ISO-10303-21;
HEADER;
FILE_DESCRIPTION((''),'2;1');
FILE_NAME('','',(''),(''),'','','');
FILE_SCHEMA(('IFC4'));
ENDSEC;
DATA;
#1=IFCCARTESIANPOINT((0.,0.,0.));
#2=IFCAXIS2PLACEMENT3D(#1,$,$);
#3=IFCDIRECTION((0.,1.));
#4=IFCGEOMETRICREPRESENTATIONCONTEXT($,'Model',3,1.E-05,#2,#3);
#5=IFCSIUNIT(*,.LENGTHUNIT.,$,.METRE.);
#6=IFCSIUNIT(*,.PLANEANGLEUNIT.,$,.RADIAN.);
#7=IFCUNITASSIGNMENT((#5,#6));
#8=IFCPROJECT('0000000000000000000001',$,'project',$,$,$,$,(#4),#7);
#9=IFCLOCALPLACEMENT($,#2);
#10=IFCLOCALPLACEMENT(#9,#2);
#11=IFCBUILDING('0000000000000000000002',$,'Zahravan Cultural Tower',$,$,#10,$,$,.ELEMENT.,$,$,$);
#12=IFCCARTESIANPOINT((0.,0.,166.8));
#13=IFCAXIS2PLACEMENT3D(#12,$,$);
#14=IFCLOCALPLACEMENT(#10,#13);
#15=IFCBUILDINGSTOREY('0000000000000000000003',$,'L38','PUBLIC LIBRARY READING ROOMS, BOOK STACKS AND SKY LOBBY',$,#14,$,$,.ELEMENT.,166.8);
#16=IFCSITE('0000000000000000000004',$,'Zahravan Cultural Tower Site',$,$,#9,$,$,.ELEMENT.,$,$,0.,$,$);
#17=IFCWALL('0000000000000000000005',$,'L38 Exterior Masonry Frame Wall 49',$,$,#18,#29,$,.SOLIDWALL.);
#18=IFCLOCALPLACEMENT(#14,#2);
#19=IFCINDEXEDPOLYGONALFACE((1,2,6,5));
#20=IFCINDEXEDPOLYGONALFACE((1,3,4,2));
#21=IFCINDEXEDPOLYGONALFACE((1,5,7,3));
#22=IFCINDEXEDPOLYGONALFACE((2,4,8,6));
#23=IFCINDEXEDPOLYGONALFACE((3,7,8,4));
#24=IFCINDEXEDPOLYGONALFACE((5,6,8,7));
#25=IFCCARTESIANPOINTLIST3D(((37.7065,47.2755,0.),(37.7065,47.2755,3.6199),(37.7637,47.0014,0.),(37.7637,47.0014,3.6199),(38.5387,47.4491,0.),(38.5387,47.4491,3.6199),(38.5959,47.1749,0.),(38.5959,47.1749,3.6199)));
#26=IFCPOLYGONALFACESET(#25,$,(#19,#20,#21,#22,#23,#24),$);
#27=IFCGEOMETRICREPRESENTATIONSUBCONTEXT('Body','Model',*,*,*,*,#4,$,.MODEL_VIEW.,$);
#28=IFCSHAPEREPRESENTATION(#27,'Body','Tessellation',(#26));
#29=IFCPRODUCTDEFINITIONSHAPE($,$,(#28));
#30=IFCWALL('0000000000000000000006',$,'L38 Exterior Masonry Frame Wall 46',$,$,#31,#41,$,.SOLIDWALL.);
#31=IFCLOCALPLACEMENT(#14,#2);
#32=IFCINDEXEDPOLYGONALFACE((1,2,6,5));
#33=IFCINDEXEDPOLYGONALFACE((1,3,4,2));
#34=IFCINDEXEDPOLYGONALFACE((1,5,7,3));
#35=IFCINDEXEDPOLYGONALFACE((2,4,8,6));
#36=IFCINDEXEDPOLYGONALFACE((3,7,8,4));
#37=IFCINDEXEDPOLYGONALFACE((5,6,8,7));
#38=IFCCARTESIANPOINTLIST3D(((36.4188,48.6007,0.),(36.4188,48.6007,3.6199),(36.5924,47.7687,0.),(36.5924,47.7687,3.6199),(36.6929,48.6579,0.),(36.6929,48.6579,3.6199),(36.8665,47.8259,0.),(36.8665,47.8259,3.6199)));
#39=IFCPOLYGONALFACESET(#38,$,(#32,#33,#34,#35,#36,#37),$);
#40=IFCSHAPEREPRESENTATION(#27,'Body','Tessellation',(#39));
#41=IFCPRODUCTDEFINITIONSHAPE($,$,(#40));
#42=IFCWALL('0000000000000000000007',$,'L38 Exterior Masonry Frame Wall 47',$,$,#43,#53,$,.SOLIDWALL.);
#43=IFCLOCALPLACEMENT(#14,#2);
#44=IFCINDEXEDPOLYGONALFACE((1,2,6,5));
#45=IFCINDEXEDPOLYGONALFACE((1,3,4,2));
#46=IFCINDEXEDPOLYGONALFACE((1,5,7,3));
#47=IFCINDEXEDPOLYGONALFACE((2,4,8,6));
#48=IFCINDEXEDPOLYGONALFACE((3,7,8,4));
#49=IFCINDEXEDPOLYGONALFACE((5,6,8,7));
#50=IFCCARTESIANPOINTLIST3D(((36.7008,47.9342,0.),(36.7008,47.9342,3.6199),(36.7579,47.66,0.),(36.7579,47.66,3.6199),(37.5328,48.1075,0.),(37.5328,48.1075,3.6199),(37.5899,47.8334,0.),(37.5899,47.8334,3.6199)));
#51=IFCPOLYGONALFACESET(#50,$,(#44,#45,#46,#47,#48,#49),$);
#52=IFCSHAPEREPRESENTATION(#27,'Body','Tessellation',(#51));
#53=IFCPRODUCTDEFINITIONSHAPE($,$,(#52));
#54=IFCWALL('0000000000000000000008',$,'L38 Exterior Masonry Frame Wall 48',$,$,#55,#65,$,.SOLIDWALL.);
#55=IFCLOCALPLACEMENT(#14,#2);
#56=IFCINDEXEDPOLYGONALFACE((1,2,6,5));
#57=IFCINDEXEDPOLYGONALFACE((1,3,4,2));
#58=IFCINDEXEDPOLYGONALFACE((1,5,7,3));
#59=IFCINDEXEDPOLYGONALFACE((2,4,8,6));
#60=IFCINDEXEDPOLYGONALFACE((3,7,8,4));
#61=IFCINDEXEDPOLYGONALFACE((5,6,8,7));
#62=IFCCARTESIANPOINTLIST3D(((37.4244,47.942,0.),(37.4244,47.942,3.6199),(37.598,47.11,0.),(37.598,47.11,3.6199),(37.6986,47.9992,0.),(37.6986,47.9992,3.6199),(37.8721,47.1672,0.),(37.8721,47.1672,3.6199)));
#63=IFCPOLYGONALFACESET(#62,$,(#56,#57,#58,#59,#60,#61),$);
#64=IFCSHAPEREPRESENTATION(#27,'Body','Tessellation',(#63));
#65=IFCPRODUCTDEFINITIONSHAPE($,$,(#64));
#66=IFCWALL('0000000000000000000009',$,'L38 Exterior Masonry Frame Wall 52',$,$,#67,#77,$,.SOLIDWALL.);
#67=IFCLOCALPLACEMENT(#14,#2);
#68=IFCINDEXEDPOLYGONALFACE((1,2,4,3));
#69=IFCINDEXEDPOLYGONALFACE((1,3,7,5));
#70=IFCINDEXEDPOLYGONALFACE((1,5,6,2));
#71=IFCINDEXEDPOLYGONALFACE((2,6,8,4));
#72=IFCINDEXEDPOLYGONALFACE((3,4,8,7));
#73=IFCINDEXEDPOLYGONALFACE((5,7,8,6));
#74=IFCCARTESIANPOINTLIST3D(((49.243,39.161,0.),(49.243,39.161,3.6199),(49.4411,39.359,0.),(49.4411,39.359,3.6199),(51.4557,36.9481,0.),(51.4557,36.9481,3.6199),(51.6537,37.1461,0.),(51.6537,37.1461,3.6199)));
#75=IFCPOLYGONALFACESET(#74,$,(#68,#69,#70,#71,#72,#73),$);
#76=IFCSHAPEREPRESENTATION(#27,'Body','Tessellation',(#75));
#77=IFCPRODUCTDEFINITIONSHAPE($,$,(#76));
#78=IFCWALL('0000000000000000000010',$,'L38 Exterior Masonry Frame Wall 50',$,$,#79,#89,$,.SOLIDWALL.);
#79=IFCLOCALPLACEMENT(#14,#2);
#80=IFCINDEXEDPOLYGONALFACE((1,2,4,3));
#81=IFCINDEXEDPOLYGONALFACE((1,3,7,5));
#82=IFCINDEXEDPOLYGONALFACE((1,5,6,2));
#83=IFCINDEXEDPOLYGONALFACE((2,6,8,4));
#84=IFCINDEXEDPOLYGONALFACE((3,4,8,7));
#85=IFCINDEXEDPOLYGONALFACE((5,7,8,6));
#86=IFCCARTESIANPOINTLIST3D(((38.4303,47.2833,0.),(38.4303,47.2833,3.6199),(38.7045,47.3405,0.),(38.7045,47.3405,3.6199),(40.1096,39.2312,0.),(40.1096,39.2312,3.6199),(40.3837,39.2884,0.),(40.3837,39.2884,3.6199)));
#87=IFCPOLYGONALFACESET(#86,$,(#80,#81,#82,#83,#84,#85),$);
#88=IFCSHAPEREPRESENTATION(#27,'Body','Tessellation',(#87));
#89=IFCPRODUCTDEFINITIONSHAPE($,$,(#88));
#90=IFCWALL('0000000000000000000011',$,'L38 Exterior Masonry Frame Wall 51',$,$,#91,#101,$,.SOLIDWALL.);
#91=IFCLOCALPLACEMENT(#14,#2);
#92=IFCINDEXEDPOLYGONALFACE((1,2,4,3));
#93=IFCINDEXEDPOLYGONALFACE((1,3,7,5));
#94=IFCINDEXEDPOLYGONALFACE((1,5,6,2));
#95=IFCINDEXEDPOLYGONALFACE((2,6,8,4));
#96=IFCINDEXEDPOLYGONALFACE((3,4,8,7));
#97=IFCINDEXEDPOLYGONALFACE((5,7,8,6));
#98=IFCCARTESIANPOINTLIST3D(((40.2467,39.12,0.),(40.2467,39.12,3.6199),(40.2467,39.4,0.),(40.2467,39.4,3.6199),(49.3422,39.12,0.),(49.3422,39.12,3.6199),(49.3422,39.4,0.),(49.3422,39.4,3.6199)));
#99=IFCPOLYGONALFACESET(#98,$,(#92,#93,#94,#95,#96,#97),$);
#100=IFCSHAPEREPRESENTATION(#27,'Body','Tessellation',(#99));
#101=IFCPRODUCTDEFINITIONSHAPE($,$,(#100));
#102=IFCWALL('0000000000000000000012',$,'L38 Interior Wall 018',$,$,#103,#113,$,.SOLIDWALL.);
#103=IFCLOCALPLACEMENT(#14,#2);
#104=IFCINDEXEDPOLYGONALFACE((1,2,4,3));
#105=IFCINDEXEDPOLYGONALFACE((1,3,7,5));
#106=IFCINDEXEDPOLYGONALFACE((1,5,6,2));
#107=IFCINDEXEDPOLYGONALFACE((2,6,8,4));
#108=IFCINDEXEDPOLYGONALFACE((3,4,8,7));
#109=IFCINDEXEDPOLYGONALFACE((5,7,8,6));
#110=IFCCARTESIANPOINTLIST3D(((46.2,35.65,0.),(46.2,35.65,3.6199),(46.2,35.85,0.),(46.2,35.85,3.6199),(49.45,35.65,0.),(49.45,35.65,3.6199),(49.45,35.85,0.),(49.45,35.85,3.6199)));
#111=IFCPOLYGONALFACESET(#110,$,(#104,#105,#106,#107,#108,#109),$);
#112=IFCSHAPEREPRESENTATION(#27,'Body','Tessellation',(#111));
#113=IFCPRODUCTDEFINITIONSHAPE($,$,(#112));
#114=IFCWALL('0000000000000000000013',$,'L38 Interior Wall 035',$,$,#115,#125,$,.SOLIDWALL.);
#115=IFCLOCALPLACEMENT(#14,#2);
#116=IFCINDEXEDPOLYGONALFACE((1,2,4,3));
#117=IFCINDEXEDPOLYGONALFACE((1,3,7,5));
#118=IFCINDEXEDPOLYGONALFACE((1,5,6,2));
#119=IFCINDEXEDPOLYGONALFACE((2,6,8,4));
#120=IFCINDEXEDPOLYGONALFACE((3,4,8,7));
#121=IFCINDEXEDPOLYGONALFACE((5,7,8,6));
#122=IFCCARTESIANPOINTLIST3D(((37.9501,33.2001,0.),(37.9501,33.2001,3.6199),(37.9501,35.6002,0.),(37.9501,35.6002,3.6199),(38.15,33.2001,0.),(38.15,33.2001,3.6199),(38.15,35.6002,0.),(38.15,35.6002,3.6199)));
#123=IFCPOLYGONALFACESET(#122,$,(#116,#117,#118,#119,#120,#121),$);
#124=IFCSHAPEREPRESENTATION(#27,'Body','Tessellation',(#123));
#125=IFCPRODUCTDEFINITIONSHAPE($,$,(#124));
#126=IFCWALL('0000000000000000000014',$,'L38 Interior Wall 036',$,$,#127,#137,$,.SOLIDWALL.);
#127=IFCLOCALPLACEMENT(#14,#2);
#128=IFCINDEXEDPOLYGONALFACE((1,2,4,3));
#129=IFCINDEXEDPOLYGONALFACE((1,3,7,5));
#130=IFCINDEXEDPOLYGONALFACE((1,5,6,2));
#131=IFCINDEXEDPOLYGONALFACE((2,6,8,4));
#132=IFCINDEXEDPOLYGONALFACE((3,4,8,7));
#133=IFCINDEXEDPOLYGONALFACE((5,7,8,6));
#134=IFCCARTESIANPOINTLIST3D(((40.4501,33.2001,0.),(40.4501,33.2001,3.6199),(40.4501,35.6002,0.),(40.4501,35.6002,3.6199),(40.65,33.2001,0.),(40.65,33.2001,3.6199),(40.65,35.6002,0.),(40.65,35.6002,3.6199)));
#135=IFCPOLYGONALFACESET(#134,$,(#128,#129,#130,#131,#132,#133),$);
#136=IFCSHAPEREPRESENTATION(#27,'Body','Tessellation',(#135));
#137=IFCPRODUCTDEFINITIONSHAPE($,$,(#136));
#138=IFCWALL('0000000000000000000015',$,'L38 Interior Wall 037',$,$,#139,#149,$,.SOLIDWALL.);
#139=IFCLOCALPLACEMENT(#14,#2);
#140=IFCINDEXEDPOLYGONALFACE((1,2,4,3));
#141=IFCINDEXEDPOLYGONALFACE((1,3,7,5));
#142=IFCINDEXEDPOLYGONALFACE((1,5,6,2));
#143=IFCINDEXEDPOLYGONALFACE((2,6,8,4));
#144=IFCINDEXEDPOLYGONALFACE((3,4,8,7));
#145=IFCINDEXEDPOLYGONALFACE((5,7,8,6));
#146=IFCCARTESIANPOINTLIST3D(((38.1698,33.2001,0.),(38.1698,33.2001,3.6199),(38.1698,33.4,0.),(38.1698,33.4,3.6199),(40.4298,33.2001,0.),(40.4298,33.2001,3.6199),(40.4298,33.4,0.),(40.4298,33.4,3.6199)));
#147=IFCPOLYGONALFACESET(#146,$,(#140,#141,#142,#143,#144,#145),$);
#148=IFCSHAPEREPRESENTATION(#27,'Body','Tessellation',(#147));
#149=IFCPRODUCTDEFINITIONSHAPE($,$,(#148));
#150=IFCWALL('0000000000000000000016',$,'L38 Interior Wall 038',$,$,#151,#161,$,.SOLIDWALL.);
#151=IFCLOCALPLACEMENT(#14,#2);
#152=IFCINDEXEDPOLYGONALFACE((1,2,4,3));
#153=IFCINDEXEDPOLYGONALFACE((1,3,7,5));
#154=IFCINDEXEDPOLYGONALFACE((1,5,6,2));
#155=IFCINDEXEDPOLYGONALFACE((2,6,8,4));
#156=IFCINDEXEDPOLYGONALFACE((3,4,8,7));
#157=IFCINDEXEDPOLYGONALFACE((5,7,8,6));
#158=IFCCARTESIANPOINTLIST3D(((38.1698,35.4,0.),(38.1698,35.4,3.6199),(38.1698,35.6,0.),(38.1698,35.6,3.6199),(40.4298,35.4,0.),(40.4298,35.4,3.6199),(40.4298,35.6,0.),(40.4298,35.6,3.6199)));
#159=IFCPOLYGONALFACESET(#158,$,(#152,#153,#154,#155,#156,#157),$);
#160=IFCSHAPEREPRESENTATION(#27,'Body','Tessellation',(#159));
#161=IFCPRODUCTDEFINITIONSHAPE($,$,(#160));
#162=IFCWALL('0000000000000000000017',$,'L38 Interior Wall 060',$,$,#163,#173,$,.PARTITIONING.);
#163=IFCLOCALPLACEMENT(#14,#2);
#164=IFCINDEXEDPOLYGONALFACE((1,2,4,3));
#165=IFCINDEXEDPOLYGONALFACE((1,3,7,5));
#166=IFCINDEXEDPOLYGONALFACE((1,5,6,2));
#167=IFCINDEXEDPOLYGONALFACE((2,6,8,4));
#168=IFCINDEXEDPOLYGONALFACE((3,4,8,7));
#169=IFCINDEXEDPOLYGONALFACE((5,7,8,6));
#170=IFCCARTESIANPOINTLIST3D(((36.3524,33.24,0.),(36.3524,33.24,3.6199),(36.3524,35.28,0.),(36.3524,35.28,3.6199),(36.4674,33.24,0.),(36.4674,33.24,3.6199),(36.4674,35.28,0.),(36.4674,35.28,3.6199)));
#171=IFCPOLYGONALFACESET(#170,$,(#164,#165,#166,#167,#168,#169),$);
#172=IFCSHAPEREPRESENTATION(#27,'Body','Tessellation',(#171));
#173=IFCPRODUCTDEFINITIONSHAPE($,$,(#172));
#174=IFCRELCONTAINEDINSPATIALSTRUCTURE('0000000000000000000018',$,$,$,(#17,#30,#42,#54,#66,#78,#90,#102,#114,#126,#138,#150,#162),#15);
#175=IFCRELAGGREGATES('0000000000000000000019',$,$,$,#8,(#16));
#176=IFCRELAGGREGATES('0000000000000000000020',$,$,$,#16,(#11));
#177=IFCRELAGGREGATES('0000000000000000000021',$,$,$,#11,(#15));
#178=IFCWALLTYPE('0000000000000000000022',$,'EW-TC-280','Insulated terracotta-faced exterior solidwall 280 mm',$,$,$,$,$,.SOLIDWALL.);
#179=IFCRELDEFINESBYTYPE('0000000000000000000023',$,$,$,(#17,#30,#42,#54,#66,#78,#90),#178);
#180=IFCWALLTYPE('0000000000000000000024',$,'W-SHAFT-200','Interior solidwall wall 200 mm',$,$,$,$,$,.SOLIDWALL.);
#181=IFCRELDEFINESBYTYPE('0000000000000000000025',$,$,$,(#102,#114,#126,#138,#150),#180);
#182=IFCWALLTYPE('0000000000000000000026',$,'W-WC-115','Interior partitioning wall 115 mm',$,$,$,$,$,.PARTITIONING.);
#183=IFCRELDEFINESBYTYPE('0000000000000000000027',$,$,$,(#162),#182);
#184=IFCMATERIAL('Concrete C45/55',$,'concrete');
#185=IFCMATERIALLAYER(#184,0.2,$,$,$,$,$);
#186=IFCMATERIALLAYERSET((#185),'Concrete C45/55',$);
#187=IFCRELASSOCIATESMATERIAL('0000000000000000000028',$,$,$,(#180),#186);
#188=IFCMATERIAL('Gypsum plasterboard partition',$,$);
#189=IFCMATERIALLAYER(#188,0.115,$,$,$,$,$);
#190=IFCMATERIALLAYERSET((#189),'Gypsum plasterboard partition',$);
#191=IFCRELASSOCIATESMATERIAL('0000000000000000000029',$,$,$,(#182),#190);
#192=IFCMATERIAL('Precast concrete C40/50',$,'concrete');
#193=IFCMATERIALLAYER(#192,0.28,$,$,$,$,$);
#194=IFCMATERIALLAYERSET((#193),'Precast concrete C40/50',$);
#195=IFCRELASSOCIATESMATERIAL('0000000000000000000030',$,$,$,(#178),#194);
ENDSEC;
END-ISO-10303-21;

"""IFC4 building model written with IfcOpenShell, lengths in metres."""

from ifc_helpers import new_model, si_unit, direction, frame, frame_2d, origin, place, context, subcontext, project, spatial, rectangle, extrude, source, transform, mapped, material, layer, layer_set, type_object, element, save


model = new_model("IFC4")

# Units and contexts
model_context = context("Model", 3, precision=1e-05, world=origin(), true_north=direction((0.0, 1.0)))
body_context = subcontext(model_context, "Body", "Model", "MODEL_VIEW")
ifc_project = project(units=[si_unit("LENGTHUNIT", "METRE"), si_unit("PLANEANGLEUNIT", "RADIAN")], contexts=[model_context])

# Site, building, storey
site_placement = place(None, origin())
site = spatial("IfcSite", under=ifc_project, at=site_placement, Name="Zahravan Cultural Tower Site", CompositionType="ELEMENT", RefElevation=0.0)
building_placement = place(site_placement, origin())
building = spatial("IfcBuilding", under=site, at=building_placement, Name="Zahravan Cultural Tower", CompositionType="ELEMENT")
storey_placement = place(building_placement, frame((0.0, 0.0, 166.8)))
storey = spatial("IfcBuildingStorey", under=building, at=storey_placement, Name="L38", Description="PUBLIC LIBRARY READING ROOMS, BOOK STACKS AND SKY LOBBY", CompositionType="ELEMENT", Elevation=166.8)

# Shared definitions
ifc_material_1 = material(Name="Gypsum plasterboard partition")
ifc_material_2 = material(Name="Concrete C45/55", Category="concrete")
ifc_layer_1 = layer(ifc_material_2, 0.2)
ifc_layer_set_1 = layer_set([ifc_layer_1], Name="Concrete C45/55")
wall_type_1 = type_object("IfcWallType", Name="W-SHAFT-200", Description="Interior solidwall wall 200 mm", PredefinedType="SOLIDWALL", material=ifc_layer_set_1)
ifc_layer_2 = layer(ifc_material_1, 0.115)
ifc_layer_set_2 = layer_set([ifc_layer_2], Name="Gypsum plasterboard partition")
wall_type_2 = type_object("IfcWallType", Name="W-WC-115", Description="Interior partitioning wall 115 mm", PredefinedType="PARTITIONING", material=ifc_layer_set_2)

# Walls
ifc_material_3 = material(Name="Precast concrete C40/50", Category="concrete")
ifc_layer_3 = layer(ifc_material_3, 0.28)
ifc_layer_set_3 = layer_set([ifc_layer_3], Name="Precast concrete C40/50")
wall_type_3 = type_object("IfcWallType", Name="EW-TC-280", Description="Insulated terracotta-faced exterior solidwall 280 mm", PredefinedType="SOLIDWALL", material=ifc_layer_set_3)
shared_shape_1 = source(origin(), body_context, "Body", "SweptSolid", [
    extrude(rectangle(XDim=0.8501, YDim=0.28, at=frame_2d((0.425, 0.0))), origin(), (0.0, 0.0, 1.0), 3.6199),
])
wall_1_placement = place(storey_placement, frame((37.7351, 47.1384, 0.0), z_axis=(0.0, 0.0, 1.0), x_axis=(0.978935, 0.204172, 0.0)))
element("IfcWall", 1, at=wall_1_placement, inside=storey, type_object=wall_type_3, Name="L38 Exterior Masonry Frame Wall 49", PredefinedType="SOLIDWALL", context=body_context, shape_type="MappedRepresentation", body=[
    mapped(shared_shape_1, transform((0.0, 0.0, 0.0), x_axis=(1.0, 0.0, 0.0), y_axis=(0.0, 1.0, 0.0), z_axis=(0.0, 0.0, 1.0), scale=1.0)),
])
shared_shape_2 = source(origin(), body_context, "Body", "SweptSolid", [
    extrude(rectangle(XDim=0.8499, YDim=0.28, at=frame_2d((0.4248, 0.0))), origin(), (0.0, 0.0, 1.0), 3.6199),
])
for number, where, z_axis, x_axis, name in (
    (2, (36.5559, 48.6292, 0.0), (0.0, 0.0, 1.0), (0.20423, -0.978923, 0.0), "L38 Exterior Masonry Frame Wall 46"),
    (3, (36.7295, 47.7971, 0.0), (0.0, 0.0, 1.0), (0.97898, 0.203954, 0.0), "L38 Exterior Masonry Frame Wall 47"),
    (4, (37.5615, 47.9705, 0.0), (0.0, 0.0, 1.0), (0.20423, -0.978923, 0.0), "L38 Exterior Masonry Frame Wall 48"),
):
    element("IfcWall", number, at=place(storey_placement, frame(where, z_axis=z_axis, x_axis=x_axis)), inside=storey, type_object=wall_type_3, Name=name, PredefinedType="SOLIDWALL", context=body_context, shape_type="MappedRepresentation", body=[
        mapped(shared_shape_2, transform((0.0, 0.0, 0.0), x_axis=(1.0, 0.0, 0.0), y_axis=(0.0, 1.0, 0.0), z_axis=(0.0, 0.0, 1.0), scale=1.0)),
    ])
shared_shape_3 = source(origin(), body_context, "Body", "SweptSolid", [
    extrude(rectangle(XDim=3.1294, YDim=0.28, at=frame_2d((1.5647, 0.0))), origin(), (0.0, 0.0, 1.0), 3.6199),
])
wall_2_placement = place(storey_placement, frame((49.342, 39.26, 0.0), z_axis=(0.0, 0.0, 1.0), x_axis=(0.707068, -0.707146, 0.0)))
element("IfcWall", 5, at=wall_2_placement, inside=storey, type_object=wall_type_3, Name="L38 Exterior Masonry Frame Wall 52", PredefinedType="SOLIDWALL", context=body_context, shape_type="MappedRepresentation", body=[
    mapped(shared_shape_3, transform((0.0, 0.0, 0.0), x_axis=(1.0, 0.0, 0.0), y_axis=(0.0, 1.0, 0.0), z_axis=(0.0, 0.0, 1.0), scale=1.0)),
])
shared_shape_4 = source(origin(), body_context, "Body", "SweptSolid", [
    extrude(rectangle(XDim=8.2253, YDim=0.28, at=frame_2d((4.1128, 0.0))), origin(), (0.0, 0.0, 1.0), 3.6199),
])
wall_3_placement = place(storey_placement, frame((38.5674, 47.312, 0.0), z_axis=(0.0, 0.0, 1.0), x_axis=(0.204152, -0.978939, 0.0)))
element("IfcWall", 6, at=wall_3_placement, inside=storey, type_object=wall_type_3, Name="L38 Exterior Masonry Frame Wall 50", PredefinedType="SOLIDWALL", context=body_context, shape_type="MappedRepresentation", body=[
    mapped(shared_shape_4, transform((0.0, 0.0, 0.0), x_axis=(1.0, 0.0, 0.0), y_axis=(0.0, 1.0, 0.0), z_axis=(0.0, 0.0, 1.0), scale=1.0)),
])
shared_shape_5 = source(origin(), body_context, "Body", "SweptSolid", [
    extrude(rectangle(XDim=9.0955, YDim=0.28, at=frame_2d((4.5479, 0.0))), origin(), (0.0, 0.0, 1.0), 3.6199),
])
wall_4_placement = place(storey_placement, frame((40.2466, 39.26, 0.0), z_axis=(0.0, 0.0, 1.0), x_axis=(1.0, 0.0, 0.0)))
element("IfcWall", 7, at=wall_4_placement, inside=storey, type_object=wall_type_3, Name="L38 Exterior Masonry Frame Wall 51", PredefinedType="SOLIDWALL", context=body_context, shape_type="MappedRepresentation", body=[
    mapped(shared_shape_5, transform((0.0, 0.0, 0.0), x_axis=(1.0, 0.0, 0.0), y_axis=(0.0, 1.0, 0.0), z_axis=(0.0, 0.0, 1.0), scale=1.0)),
])
shared_shape_6 = source(origin(), body_context, "Body", "SweptSolid", [
    extrude(rectangle(XDim=3.25, YDim=0.2, at=frame_2d((1.625, 0.0))), origin(), (0.0, 0.0, 1.0), 3.6199),
])
wall_5_placement = place(storey_placement, frame((46.2, 35.75, 0.0), z_axis=(0.0, 0.0, 1.0), x_axis=(1.0, 0.0, 0.0)))
element("IfcWall", 8, at=wall_5_placement, inside=storey, type_object=wall_type_1, Name="L38 Interior Wall 018", PredefinedType="SOLIDWALL", context=body_context, shape_type="MappedRepresentation", body=[
    mapped(shared_shape_6, transform((0.0, 0.0, 0.0), x_axis=(1.0, 0.0, 0.0), y_axis=(0.0, 1.0, 0.0), z_axis=(0.0, 0.0, 1.0), scale=1.0)),
])
shared_shape_7 = source(origin(), body_context, "Body", "SweptSolid", [
    extrude(rectangle(XDim=2.4001, YDim=0.2, at=frame_2d((1.2002, 0.0))), origin(), (0.0, 0.0, 1.0), 3.6199),
])
for number, where, z_axis, x_axis, name in (
    (9, (38.05, 33.2, 0.0), (0.0, 0.0, 1.0), (0.0, 1.0, 0.0), "L38 Interior Wall 035"),
    (10, (40.55, 33.2, 0.0), (0.0, 0.0, 1.0), (0.0, 1.0, 0.0), "L38 Interior Wall 036"),
):
    element("IfcWall", number, at=place(storey_placement, frame(where, z_axis=z_axis, x_axis=x_axis)), inside=storey, type_object=wall_type_1, Name=name, PredefinedType="SOLIDWALL", context=body_context, shape_type="MappedRepresentation", body=[
        mapped(shared_shape_7, transform((0.0, 0.0, 0.0), x_axis=(1.0, 0.0, 0.0), y_axis=(0.0, 1.0, 0.0), z_axis=(0.0, 0.0, 1.0), scale=1.0)),
    ])
shared_shape_8 = source(origin(), body_context, "Body", "SweptSolid", [
    extrude(rectangle(XDim=2.26, YDim=0.2, at=frame_2d((1.1299, 0.0))), origin(), (0.0, 0.0, 1.0), 3.6199),
])
for number, where, z_axis, x_axis, name in (
    (11, (38.1699, 33.3, 0.0), (0.0, 0.0, 1.0), (1.0, 0.0, 0.0), "L38 Interior Wall 037"),
    (12, (38.1699, 35.5, 0.0), (0.0, 0.0, 1.0), (1.0, 0.0, 0.0), "L38 Interior Wall 038"),
):
    element("IfcWall", number, at=place(storey_placement, frame(where, z_axis=z_axis, x_axis=x_axis)), inside=storey, type_object=wall_type_1, Name=name, PredefinedType="SOLIDWALL", context=body_context, shape_type="MappedRepresentation", body=[
        mapped(shared_shape_8, transform((0.0, 0.0, 0.0), x_axis=(1.0, 0.0, 0.0), y_axis=(0.0, 1.0, 0.0), z_axis=(0.0, 0.0, 1.0), scale=1.0)),
    ])
shared_shape_9 = source(origin(), body_context, "Body", "SweptSolid", [
    extrude(rectangle(XDim=2.04, YDim=0.115, at=frame_2d((1.02, 0.0))), origin(), (0.0, 0.0, 1.0), 3.6199),
])
wall_6_placement = place(storey_placement, frame((36.4099, 35.28, 0.0), z_axis=(0.0, 0.0, 1.0), x_axis=(0.0, -1.0, 0.0)))
element("IfcWall", 13, at=wall_6_placement, inside=storey, type_object=wall_type_2, Name="L38 Interior Wall 060", PredefinedType="PARTITIONING", context=body_context, shape_type="MappedRepresentation", body=[
    mapped(shared_shape_9, transform((0.0, 0.0, 0.0), x_axis=(1.0, 0.0, 0.0), y_axis=(0.0, 1.0, 0.0), z_axis=(0.0, 0.0, 1.0), scale=1.0)),
])

save(model, "model.ifc")
